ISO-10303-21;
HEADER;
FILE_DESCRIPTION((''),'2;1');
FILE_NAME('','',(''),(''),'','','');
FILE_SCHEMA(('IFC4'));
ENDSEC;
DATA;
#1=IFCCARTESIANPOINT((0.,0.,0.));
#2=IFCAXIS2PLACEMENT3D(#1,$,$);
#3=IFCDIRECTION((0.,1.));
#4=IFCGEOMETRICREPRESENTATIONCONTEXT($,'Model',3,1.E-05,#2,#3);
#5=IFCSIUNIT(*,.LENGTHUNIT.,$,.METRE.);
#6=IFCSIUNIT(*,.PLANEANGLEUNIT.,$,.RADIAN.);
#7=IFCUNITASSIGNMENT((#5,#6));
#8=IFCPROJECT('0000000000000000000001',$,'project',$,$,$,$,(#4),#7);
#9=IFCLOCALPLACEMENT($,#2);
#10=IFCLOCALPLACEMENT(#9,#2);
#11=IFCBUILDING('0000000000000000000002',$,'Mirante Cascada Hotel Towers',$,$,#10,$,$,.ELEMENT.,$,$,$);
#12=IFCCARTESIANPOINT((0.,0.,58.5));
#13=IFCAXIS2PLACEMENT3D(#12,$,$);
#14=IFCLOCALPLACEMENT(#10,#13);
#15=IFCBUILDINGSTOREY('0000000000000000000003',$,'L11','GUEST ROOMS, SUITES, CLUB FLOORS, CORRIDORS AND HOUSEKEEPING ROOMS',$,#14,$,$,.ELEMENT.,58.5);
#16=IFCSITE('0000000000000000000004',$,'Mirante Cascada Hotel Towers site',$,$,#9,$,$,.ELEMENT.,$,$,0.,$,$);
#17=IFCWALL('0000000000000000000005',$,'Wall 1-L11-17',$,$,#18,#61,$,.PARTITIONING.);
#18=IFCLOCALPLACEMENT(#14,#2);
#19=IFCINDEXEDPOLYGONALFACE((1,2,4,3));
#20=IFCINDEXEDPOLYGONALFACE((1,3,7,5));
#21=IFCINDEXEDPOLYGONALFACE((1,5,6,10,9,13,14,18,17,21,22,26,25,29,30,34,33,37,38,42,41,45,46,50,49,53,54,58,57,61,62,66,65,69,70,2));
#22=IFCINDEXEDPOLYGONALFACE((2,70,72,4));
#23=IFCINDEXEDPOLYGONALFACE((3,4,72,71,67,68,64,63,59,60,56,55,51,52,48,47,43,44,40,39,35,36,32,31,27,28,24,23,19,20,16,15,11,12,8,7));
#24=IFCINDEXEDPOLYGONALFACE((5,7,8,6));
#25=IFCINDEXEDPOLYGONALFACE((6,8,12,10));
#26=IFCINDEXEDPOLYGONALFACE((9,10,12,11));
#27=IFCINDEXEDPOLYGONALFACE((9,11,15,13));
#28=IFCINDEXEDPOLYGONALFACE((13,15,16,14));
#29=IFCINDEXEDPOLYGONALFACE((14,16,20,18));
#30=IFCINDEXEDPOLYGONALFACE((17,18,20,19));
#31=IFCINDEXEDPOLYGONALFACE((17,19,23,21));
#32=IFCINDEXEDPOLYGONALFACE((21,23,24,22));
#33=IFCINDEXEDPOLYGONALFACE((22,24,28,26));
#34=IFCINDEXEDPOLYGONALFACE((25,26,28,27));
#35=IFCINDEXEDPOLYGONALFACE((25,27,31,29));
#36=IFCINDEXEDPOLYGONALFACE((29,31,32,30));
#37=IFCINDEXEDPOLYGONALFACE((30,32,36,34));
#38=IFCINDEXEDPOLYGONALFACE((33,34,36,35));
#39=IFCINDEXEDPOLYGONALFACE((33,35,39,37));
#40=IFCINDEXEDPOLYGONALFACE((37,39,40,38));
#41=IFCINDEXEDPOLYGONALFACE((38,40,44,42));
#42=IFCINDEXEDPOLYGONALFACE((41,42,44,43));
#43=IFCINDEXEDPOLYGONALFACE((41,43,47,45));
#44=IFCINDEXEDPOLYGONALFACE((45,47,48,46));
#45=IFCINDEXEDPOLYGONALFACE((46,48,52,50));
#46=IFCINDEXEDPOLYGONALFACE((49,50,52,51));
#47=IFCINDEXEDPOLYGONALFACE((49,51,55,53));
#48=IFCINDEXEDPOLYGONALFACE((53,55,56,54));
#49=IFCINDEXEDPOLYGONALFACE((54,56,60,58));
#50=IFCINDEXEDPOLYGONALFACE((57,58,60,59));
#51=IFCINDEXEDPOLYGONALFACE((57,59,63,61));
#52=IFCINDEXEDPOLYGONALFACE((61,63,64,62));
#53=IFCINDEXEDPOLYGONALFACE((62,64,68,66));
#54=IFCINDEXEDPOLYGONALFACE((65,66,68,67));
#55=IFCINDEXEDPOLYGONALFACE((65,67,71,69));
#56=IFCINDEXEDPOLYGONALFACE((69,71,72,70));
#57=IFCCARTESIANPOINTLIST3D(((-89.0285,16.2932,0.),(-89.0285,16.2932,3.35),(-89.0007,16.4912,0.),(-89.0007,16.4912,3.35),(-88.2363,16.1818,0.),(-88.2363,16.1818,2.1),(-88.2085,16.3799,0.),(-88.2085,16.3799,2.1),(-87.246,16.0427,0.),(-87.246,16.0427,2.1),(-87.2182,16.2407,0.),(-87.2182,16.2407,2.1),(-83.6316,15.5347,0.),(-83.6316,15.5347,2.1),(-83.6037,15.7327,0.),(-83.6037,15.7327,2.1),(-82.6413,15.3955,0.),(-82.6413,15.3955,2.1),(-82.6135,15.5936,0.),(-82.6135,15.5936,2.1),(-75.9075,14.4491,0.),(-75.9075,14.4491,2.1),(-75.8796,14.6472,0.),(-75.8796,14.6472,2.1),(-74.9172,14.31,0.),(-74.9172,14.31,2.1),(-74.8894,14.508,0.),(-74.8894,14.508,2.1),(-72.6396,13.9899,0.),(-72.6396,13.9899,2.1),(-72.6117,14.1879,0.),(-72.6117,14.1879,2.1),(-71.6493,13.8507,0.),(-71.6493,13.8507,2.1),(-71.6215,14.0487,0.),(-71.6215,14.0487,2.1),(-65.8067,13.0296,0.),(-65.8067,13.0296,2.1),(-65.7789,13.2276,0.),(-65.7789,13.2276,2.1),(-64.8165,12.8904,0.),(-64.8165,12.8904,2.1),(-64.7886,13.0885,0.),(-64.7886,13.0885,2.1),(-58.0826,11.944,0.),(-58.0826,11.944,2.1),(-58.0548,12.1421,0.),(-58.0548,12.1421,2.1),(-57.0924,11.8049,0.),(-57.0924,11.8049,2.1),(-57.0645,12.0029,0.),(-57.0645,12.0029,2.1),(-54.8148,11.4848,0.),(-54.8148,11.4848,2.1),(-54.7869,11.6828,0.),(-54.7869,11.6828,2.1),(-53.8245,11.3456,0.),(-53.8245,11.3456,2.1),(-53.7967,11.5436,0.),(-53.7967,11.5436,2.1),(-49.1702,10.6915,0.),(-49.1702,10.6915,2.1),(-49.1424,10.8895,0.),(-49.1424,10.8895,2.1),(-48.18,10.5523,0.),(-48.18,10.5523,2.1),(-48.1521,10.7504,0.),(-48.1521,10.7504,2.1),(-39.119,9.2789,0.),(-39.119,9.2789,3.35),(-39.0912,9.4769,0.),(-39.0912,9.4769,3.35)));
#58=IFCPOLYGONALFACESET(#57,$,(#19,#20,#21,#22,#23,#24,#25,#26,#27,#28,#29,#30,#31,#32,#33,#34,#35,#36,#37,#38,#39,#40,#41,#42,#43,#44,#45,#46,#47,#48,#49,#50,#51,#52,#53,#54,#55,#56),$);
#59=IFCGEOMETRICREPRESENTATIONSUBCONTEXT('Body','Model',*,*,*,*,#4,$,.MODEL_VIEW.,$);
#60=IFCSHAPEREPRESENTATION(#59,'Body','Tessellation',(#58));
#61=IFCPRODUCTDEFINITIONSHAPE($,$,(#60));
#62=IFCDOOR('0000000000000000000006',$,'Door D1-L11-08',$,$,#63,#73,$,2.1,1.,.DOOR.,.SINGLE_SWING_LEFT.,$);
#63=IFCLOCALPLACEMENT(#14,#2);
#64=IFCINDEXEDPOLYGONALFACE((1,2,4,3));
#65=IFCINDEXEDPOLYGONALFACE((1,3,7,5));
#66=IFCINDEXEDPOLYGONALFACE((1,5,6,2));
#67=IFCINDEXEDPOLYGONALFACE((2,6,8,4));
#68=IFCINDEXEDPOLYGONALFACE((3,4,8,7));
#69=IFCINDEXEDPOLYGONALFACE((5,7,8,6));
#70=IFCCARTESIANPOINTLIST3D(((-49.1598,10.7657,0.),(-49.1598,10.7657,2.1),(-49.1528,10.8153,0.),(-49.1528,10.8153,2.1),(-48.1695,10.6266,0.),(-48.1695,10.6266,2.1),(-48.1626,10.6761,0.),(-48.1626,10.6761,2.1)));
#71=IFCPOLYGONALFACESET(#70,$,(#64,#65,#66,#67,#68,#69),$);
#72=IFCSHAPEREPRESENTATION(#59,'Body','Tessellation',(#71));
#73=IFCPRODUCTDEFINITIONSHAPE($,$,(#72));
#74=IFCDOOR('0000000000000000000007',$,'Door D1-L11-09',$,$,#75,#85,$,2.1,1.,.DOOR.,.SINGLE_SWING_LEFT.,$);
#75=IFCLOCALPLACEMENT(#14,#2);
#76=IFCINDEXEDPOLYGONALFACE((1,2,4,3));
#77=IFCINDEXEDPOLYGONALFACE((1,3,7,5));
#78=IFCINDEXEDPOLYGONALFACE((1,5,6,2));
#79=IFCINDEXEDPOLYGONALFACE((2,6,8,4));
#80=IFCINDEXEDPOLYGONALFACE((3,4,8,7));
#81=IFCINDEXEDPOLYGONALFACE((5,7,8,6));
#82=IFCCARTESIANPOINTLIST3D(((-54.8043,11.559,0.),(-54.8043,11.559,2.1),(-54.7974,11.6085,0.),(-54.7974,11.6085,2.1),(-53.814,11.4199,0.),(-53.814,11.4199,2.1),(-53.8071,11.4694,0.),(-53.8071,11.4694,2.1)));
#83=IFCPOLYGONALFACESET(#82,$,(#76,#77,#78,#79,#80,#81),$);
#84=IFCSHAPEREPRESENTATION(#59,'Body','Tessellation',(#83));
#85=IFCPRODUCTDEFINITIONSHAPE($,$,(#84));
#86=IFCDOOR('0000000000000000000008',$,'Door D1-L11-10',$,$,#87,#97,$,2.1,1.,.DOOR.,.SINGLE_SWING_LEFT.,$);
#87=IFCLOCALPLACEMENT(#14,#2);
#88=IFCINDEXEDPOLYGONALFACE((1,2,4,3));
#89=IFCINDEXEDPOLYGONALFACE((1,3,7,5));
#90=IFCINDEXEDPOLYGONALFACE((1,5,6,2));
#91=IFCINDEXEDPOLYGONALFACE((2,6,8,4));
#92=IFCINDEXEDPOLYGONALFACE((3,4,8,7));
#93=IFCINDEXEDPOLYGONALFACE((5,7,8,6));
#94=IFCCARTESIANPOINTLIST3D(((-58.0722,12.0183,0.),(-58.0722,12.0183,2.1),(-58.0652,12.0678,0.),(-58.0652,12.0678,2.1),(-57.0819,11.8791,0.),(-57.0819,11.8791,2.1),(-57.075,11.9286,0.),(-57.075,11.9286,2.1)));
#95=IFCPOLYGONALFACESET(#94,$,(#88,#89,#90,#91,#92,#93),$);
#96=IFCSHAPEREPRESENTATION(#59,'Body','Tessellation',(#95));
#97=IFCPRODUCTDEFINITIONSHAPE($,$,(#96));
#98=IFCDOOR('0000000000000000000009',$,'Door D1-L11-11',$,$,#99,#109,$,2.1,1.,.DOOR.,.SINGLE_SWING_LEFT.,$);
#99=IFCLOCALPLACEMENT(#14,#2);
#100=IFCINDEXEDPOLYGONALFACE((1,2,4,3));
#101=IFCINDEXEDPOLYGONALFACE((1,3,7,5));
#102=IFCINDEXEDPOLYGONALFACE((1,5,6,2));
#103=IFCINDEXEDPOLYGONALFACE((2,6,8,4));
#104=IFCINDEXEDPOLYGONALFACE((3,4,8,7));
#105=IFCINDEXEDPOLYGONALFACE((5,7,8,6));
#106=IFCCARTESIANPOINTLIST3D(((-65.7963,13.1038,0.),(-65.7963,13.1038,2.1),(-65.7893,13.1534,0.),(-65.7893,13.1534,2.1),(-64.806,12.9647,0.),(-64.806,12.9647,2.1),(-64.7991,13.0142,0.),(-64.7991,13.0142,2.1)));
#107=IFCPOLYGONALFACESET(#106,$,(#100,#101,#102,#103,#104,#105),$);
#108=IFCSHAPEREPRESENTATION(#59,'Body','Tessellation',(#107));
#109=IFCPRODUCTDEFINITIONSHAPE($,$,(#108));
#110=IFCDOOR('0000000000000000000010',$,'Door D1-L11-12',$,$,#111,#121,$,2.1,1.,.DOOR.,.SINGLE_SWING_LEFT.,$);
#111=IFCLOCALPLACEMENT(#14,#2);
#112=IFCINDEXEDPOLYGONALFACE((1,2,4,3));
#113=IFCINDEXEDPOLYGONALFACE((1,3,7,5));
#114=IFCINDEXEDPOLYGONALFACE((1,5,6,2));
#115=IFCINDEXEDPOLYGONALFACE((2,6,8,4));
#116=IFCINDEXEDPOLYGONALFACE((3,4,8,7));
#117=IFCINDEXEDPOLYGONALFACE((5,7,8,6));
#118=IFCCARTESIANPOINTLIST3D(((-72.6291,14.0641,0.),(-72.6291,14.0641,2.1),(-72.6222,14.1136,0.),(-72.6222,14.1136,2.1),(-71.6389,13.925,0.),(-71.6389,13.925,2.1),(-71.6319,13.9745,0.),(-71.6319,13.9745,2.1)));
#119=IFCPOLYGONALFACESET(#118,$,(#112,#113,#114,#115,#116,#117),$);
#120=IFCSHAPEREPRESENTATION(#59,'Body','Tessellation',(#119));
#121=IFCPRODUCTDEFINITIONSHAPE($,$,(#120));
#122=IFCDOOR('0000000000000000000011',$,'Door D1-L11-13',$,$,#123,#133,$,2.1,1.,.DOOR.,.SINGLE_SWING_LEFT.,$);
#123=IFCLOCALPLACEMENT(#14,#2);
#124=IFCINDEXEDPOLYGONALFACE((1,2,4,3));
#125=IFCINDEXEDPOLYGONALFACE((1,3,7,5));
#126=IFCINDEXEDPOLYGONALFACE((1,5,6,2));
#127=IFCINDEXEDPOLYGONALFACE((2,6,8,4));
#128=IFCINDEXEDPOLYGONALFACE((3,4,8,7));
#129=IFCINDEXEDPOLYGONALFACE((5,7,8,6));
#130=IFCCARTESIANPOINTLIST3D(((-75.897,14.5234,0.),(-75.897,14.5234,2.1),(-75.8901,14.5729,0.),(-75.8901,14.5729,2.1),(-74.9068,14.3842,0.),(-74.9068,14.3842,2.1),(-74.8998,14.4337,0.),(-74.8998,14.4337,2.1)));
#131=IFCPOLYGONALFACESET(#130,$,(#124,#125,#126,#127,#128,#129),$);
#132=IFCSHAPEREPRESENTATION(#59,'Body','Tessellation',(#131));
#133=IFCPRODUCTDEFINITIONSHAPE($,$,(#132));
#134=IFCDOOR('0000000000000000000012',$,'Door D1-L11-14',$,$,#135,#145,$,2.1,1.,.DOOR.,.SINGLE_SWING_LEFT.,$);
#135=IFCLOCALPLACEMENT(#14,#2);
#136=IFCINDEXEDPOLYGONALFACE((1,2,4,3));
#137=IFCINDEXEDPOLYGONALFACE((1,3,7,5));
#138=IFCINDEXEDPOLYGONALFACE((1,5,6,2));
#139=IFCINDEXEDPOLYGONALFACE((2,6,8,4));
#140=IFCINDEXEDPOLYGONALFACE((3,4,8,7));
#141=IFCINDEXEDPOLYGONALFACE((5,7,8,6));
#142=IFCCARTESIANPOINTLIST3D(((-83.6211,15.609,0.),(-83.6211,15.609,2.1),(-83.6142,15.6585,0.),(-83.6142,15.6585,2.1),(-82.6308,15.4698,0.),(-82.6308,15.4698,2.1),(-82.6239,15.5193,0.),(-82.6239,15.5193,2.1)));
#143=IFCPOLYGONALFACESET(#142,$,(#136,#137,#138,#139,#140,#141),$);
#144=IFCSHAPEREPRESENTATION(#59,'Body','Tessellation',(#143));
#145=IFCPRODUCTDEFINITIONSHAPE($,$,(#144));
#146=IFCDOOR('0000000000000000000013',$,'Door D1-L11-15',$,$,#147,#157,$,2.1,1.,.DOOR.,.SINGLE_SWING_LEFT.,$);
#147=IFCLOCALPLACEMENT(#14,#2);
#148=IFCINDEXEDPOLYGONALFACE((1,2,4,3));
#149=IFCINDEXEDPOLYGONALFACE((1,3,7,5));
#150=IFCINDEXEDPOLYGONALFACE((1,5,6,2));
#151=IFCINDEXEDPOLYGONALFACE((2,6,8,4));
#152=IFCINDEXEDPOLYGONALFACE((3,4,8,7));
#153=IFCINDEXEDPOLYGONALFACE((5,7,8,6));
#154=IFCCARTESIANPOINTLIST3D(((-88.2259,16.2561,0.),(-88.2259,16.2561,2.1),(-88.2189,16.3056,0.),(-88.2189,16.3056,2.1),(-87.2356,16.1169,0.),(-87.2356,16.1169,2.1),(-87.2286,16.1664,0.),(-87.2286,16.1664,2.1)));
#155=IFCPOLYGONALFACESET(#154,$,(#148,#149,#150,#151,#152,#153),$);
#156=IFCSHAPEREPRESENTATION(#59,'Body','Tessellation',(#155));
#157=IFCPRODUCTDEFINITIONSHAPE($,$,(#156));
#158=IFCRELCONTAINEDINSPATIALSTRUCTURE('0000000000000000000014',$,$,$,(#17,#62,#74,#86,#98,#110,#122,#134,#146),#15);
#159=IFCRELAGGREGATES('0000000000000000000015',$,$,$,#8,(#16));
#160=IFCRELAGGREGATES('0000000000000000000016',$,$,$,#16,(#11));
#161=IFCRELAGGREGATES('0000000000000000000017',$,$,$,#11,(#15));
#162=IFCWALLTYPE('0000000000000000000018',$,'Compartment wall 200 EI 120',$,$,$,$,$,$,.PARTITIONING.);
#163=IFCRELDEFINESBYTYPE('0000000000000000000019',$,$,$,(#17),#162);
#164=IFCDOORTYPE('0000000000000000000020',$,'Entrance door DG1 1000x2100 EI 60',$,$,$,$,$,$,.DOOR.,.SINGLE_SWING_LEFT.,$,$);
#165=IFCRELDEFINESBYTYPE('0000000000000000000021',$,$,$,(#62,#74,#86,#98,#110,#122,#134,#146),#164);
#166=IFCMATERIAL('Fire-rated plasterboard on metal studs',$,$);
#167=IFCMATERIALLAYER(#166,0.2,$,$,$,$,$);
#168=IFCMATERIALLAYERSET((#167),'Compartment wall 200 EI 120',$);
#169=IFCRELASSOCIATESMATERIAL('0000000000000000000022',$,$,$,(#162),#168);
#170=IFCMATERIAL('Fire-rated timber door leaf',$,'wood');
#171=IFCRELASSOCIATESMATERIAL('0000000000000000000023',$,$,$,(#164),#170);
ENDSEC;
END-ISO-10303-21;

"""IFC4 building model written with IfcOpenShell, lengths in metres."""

from ifc_helpers import new_model, si_unit, direction, frame, frame_2d, origin, place, context, subcontext, project, spatial, rectangle, extrude, material, layer, layer_set, type_object, element, fill, save


model = new_model("IFC4")

# Units and contexts
model_context = context("Model", 3, precision=1e-05, world=origin(), true_north=direction((0.0, 1.0)))
body_context = subcontext(model_context, "Body", "Model", "MODEL_VIEW")
ifc_project = project(units=[si_unit("LENGTHUNIT", "METRE"), si_unit("PLANEANGLEUNIT", "RADIAN")], contexts=[model_context])

# Site, building, storey
site_placement = place(None, origin())
site = spatial("IfcSite", under=ifc_project, at=site_placement, Name="Mirante Cascada Hotel Towers site", CompositionType="ELEMENT", RefElevation=0.0)
building_placement = place(site_placement, origin())
building = spatial("IfcBuilding", under=site, at=building_placement, Name="Mirante Cascada Hotel Towers", CompositionType="ELEMENT")
storey_placement = place(building_placement, frame((0.0, 0.0, 58.5)))
storey = spatial("IfcBuildingStorey", under=building, at=storey_placement, Name="L11", Description="GUEST ROOMS, SUITES, CLUB FLOORS, CORRIDORS AND HOUSEKEEPING ROOMS", CompositionType="ELEMENT", Elevation=58.5)

# Shared definitions
ifc_material_1 = material(Name="Fire-rated plasterboard on metal studs")
ifc_layer_1 = layer(ifc_material_1, 0.2)
ifc_layer_set_1 = layer_set([ifc_layer_1], Name="Compartment wall 200 EI 120")
wall_type_1 = type_object("IfcWallType", Name="Compartment wall 200 EI 120", PredefinedType="PARTITIONING", material=ifc_layer_set_1)

# Wall, openings, doors
wall_1_placement = place(storey_placement, frame((-89.0146, 16.3922, 0.0), z_axis=(0.0, 0.0, 1.0), x_axis=(0.990268, -0.139173, 0.0)))
wall_1 = element("IfcWall", 1, at=wall_1_placement, inside=storey, type_object=wall_type_1, Name="Wall 1-L11-17", PredefinedType="PARTITIONING", context=body_context, shape_type="SweptSolid", body=[
    extrude(rectangle(XDim=50.4, YDim=0.2, at=frame_2d((25.2, 0.0))), origin(), (0.0, 0.0, 1.0), 3.35),
])
opening_1_placement = place(wall_1_placement, frame((40.25, 0.0, 0.0)))
opening_1 = element("IfcOpeningElement", 2, at=opening_1_placement, cuts=wall_1, PredefinedType="OPENING", context=body_context, shape_type="SweptSolid", body=[
    extrude(rectangle(XDim=1.0, YDim=2.1, at=frame_2d((0.5, 1.05))), frame((0.0, 0.1, 0.0), z_axis=(0.0, -1.0, 0.0), x_axis=(1.0, 0.0, 0.0)), (0.0, 0.0, 1.0), 0.2),
])
opening_2_placement = place(wall_1_placement, frame((34.55, 0.0, 0.0)))
opening_2 = element("IfcOpeningElement", 3, at=opening_2_placement, cuts=wall_1, PredefinedType="OPENING", context=body_context, shape_type="SweptSolid", body=[
    extrude(rectangle(XDim=1.0, YDim=2.1, at=frame_2d((0.5, 1.05))), frame((0.0, 0.1, 0.0), z_axis=(0.0, -1.0, 0.0), x_axis=(1.0, 0.0, 0.0)), (0.0, 0.0, 1.0), 0.2),
])
opening_3_placement = place(wall_1_placement, frame((31.25, 0.0, 0.0)))
opening_3 = element("IfcOpeningElement", 4, at=opening_3_placement, cuts=wall_1, PredefinedType="OPENING", context=body_context, shape_type="SweptSolid", body=[
    extrude(rectangle(XDim=1.0, YDim=2.1, at=frame_2d((0.5, 1.05))), frame((0.0, 0.1, 0.0), z_axis=(0.0, -1.0, 0.0), x_axis=(1.0, 0.0, 0.0)), (0.0, 0.0, 1.0), 0.2),
])
opening_4_placement = place(wall_1_placement, frame((23.45, 0.0, 0.0)))
opening_4 = element("IfcOpeningElement", 5, at=opening_4_placement, cuts=wall_1, PredefinedType="OPENING", context=body_context, shape_type="SweptSolid", body=[
    extrude(rectangle(XDim=1.0, YDim=2.1, at=frame_2d((0.5, 1.05))), frame((0.0, 0.1, 0.0), z_axis=(0.0, -1.0, 0.0), x_axis=(1.0, 0.0, 0.0)), (0.0, 0.0, 1.0), 0.2),
])
opening_5_placement = place(wall_1_placement, frame((16.55, 0.0, 0.0)))
opening_5 = element("IfcOpeningElement", 6, at=opening_5_placement, cuts=wall_1, PredefinedType="OPENING", context=body_context, shape_type="SweptSolid", body=[
    extrude(rectangle(XDim=1.0, YDim=2.1, at=frame_2d((0.5, 1.05))), frame((0.0, 0.1, 0.0), z_axis=(0.0, -1.0, 0.0), x_axis=(1.0, 0.0, 0.0)), (0.0, 0.0, 1.0), 0.2),
])
opening_6_placement = place(wall_1_placement, frame((13.25, 0.0, 0.0)))
opening_6 = element("IfcOpeningElement", 7, at=opening_6_placement, cuts=wall_1, PredefinedType="OPENING", context=body_context, shape_type="SweptSolid", body=[
    extrude(rectangle(XDim=1.0, YDim=2.1, at=frame_2d((0.5, 1.05))), frame((0.0, 0.1, 0.0), z_axis=(0.0, -1.0, 0.0), x_axis=(1.0, 0.0, 0.0)), (0.0, 0.0, 1.0), 0.2),
])
opening_7_placement = place(wall_1_placement, frame((5.45, 0.0, 0.0)))
opening_7 = element("IfcOpeningElement", 8, at=opening_7_placement, cuts=wall_1, PredefinedType="OPENING", context=body_context, shape_type="SweptSolid", body=[
    extrude(rectangle(XDim=1.0, YDim=2.1, at=frame_2d((0.5, 1.05))), frame((0.0, 0.1, 0.0), z_axis=(0.0, -1.0, 0.0), x_axis=(1.0, 0.0, 0.0)), (0.0, 0.0, 1.0), 0.2),
])
opening_8_placement = place(wall_1_placement, frame((0.8, 0.0, 0.0)))
opening_8 = element("IfcOpeningElement", 9, at=opening_8_placement, cuts=wall_1, PredefinedType="OPENING", context=body_context, shape_type="SweptSolid", body=[
    extrude(rectangle(XDim=1.0, YDim=2.1, at=frame_2d((0.5, 1.05))), frame((0.0, 0.1, 0.0), z_axis=(0.0, -1.0, 0.0), x_axis=(1.0, 0.0, 0.0)), (0.0, 0.0, 1.0), 0.2),
])
ifc_material_2 = material(Name="Fire-rated timber door leaf", Category="wood")
door_type_1 = type_object("IfcDoorType", Name="Entrance door DG1 1000x2100 EI 60", OperationType="SINGLE_SWING_LEFT", PredefinedType="DOOR", material=ifc_material_2)
door_1_placement = place(opening_1_placement, origin())
door_1 = element("IfcDoor", 10, at=door_1_placement, inside=storey, type_object=door_type_1, Name="Door D1-L11-08", OperationType="SINGLE_SWING_LEFT", OverallHeight=2.1, OverallWidth=1.0, PredefinedType="DOOR", context=body_context, shape_type="SweptSolid", body=[
    extrude(rectangle(XDim=1.0, YDim=2.1, at=frame_2d((0.5, 1.05))), frame((0.0, 0.025, 0.0), z_axis=(0.0, -1.0, 0.0), x_axis=(1.0, 0.0, 0.0)), (0.0, 0.0, 1.0), 0.05),
])
fill(opening_1, door_1)
door_2_placement = place(opening_2_placement, origin())
door_2 = element("IfcDoor", 11, at=door_2_placement, inside=storey, type_object=door_type_1, Name="Door D1-L11-09", OperationType="SINGLE_SWING_LEFT", OverallHeight=2.1, OverallWidth=1.0, PredefinedType="DOOR", context=body_context, shape_type="SweptSolid", body=[
    extrude(rectangle(XDim=1.0, YDim=2.1, at=frame_2d((0.5, 1.05))), frame((0.0, 0.025, 0.0), z_axis=(0.0, -1.0, 0.0), x_axis=(1.0, 0.0, 0.0)), (0.0, 0.0, 1.0), 0.05),
])
fill(opening_2, door_2)
door_3_placement = place(opening_3_placement, origin())
door_3 = element("IfcDoor", 12, at=door_3_placement, inside=storey, type_object=door_type_1, Name="Door D1-L11-10", OperationType="SINGLE_SWING_LEFT", OverallHeight=2.1, OverallWidth=1.0, PredefinedType="DOOR", context=body_context, shape_type="SweptSolid", body=[
    extrude(rectangle(XDim=1.0, YDim=2.1, at=frame_2d((0.5, 1.05))), frame((0.0, 0.025, 0.0), z_axis=(0.0, -1.0, 0.0), x_axis=(1.0, 0.0, 0.0)), (0.0, 0.0, 1.0), 0.05),
])
fill(opening_3, door_3)
door_4_placement = place(opening_4_placement, origin())
door_4 = element("IfcDoor", 13, at=door_4_placement, inside=storey, type_object=door_type_1, Name="Door D1-L11-11", OperationType="SINGLE_SWING_LEFT", OverallHeight=2.1, OverallWidth=1.0, PredefinedType="DOOR", context=body_context, shape_type="SweptSolid", body=[
    extrude(rectangle(XDim=1.0, YDim=2.1, at=frame_2d((0.5, 1.05))), frame((0.0, 0.025, 0.0), z_axis=(0.0, -1.0, 0.0), x_axis=(1.0, 0.0, 0.0)), (0.0, 0.0, 1.0), 0.05),
])
fill(opening_4, door_4)
door_5_placement = place(opening_5_placement, origin())
door_5 = element("IfcDoor", 14, at=door_5_placement, inside=storey, type_object=door_type_1, Name="Door D1-L11-12", OperationType="SINGLE_SWING_LEFT", OverallHeight=2.1, OverallWidth=1.0, PredefinedType="DOOR", context=body_context, shape_type="SweptSolid", body=[
    extrude(rectangle(XDim=1.0, YDim=2.1, at=frame_2d((0.5, 1.05))), frame((0.0, 0.025, 0.0), z_axis=(0.0, -1.0, 0.0), x_axis=(1.0, 0.0, 0.0)), (0.0, 0.0, 1.0), 0.05),
])
fill(opening_5, door_5)
door_6_placement = place(opening_6_placement, origin())
door_6 = element("IfcDoor", 15, at=door_6_placement, inside=storey, type_object=door_type_1, Name="Door D1-L11-13", OperationType="SINGLE_SWING_LEFT", OverallHeight=2.1, OverallWidth=1.0, PredefinedType="DOOR", context=body_context, shape_type="SweptSolid", body=[
    extrude(rectangle(XDim=1.0, YDim=2.1, at=frame_2d((0.5, 1.05))), frame((0.0, 0.025, 0.0), z_axis=(0.0, -1.0, 0.0), x_axis=(1.0, 0.0, 0.0)), (0.0, 0.0, 1.0), 0.05),
])
fill(opening_6, door_6)
door_7_placement = place(opening_7_placement, origin())
door_7 = element("IfcDoor", 16, at=door_7_placement, inside=storey, type_object=door_type_1, Name="Door D1-L11-14", OperationType="SINGLE_SWING_LEFT", OverallHeight=2.1, OverallWidth=1.0, PredefinedType="DOOR", context=body_context, shape_type="SweptSolid", body=[
    extrude(rectangle(XDim=1.0, YDim=2.1, at=frame_2d((0.5, 1.05))), frame((0.0, 0.025, 0.0), z_axis=(0.0, -1.0, 0.0), x_axis=(1.0, 0.0, 0.0)), (0.0, 0.0, 1.0), 0.05),
])
fill(opening_7, door_7)
door_8_placement = place(opening_8_placement, origin())
door_8 = element("IfcDoor", 17, at=door_8_placement, inside=storey, type_object=door_type_1, Name="Door D1-L11-15", OperationType="SINGLE_SWING_LEFT", OverallHeight=2.1, OverallWidth=1.0, PredefinedType="DOOR", context=body_context, shape_type="SweptSolid", body=[
    extrude(rectangle(XDim=1.0, YDim=2.1, at=frame_2d((0.5, 1.05))), frame((0.0, 0.025, 0.0), z_axis=(0.0, -1.0, 0.0), x_axis=(1.0, 0.0, 0.0)), (0.0, 0.0, 1.0), 0.05),
])
fill(opening_8, door_8)

save(model, "model.ifc")
